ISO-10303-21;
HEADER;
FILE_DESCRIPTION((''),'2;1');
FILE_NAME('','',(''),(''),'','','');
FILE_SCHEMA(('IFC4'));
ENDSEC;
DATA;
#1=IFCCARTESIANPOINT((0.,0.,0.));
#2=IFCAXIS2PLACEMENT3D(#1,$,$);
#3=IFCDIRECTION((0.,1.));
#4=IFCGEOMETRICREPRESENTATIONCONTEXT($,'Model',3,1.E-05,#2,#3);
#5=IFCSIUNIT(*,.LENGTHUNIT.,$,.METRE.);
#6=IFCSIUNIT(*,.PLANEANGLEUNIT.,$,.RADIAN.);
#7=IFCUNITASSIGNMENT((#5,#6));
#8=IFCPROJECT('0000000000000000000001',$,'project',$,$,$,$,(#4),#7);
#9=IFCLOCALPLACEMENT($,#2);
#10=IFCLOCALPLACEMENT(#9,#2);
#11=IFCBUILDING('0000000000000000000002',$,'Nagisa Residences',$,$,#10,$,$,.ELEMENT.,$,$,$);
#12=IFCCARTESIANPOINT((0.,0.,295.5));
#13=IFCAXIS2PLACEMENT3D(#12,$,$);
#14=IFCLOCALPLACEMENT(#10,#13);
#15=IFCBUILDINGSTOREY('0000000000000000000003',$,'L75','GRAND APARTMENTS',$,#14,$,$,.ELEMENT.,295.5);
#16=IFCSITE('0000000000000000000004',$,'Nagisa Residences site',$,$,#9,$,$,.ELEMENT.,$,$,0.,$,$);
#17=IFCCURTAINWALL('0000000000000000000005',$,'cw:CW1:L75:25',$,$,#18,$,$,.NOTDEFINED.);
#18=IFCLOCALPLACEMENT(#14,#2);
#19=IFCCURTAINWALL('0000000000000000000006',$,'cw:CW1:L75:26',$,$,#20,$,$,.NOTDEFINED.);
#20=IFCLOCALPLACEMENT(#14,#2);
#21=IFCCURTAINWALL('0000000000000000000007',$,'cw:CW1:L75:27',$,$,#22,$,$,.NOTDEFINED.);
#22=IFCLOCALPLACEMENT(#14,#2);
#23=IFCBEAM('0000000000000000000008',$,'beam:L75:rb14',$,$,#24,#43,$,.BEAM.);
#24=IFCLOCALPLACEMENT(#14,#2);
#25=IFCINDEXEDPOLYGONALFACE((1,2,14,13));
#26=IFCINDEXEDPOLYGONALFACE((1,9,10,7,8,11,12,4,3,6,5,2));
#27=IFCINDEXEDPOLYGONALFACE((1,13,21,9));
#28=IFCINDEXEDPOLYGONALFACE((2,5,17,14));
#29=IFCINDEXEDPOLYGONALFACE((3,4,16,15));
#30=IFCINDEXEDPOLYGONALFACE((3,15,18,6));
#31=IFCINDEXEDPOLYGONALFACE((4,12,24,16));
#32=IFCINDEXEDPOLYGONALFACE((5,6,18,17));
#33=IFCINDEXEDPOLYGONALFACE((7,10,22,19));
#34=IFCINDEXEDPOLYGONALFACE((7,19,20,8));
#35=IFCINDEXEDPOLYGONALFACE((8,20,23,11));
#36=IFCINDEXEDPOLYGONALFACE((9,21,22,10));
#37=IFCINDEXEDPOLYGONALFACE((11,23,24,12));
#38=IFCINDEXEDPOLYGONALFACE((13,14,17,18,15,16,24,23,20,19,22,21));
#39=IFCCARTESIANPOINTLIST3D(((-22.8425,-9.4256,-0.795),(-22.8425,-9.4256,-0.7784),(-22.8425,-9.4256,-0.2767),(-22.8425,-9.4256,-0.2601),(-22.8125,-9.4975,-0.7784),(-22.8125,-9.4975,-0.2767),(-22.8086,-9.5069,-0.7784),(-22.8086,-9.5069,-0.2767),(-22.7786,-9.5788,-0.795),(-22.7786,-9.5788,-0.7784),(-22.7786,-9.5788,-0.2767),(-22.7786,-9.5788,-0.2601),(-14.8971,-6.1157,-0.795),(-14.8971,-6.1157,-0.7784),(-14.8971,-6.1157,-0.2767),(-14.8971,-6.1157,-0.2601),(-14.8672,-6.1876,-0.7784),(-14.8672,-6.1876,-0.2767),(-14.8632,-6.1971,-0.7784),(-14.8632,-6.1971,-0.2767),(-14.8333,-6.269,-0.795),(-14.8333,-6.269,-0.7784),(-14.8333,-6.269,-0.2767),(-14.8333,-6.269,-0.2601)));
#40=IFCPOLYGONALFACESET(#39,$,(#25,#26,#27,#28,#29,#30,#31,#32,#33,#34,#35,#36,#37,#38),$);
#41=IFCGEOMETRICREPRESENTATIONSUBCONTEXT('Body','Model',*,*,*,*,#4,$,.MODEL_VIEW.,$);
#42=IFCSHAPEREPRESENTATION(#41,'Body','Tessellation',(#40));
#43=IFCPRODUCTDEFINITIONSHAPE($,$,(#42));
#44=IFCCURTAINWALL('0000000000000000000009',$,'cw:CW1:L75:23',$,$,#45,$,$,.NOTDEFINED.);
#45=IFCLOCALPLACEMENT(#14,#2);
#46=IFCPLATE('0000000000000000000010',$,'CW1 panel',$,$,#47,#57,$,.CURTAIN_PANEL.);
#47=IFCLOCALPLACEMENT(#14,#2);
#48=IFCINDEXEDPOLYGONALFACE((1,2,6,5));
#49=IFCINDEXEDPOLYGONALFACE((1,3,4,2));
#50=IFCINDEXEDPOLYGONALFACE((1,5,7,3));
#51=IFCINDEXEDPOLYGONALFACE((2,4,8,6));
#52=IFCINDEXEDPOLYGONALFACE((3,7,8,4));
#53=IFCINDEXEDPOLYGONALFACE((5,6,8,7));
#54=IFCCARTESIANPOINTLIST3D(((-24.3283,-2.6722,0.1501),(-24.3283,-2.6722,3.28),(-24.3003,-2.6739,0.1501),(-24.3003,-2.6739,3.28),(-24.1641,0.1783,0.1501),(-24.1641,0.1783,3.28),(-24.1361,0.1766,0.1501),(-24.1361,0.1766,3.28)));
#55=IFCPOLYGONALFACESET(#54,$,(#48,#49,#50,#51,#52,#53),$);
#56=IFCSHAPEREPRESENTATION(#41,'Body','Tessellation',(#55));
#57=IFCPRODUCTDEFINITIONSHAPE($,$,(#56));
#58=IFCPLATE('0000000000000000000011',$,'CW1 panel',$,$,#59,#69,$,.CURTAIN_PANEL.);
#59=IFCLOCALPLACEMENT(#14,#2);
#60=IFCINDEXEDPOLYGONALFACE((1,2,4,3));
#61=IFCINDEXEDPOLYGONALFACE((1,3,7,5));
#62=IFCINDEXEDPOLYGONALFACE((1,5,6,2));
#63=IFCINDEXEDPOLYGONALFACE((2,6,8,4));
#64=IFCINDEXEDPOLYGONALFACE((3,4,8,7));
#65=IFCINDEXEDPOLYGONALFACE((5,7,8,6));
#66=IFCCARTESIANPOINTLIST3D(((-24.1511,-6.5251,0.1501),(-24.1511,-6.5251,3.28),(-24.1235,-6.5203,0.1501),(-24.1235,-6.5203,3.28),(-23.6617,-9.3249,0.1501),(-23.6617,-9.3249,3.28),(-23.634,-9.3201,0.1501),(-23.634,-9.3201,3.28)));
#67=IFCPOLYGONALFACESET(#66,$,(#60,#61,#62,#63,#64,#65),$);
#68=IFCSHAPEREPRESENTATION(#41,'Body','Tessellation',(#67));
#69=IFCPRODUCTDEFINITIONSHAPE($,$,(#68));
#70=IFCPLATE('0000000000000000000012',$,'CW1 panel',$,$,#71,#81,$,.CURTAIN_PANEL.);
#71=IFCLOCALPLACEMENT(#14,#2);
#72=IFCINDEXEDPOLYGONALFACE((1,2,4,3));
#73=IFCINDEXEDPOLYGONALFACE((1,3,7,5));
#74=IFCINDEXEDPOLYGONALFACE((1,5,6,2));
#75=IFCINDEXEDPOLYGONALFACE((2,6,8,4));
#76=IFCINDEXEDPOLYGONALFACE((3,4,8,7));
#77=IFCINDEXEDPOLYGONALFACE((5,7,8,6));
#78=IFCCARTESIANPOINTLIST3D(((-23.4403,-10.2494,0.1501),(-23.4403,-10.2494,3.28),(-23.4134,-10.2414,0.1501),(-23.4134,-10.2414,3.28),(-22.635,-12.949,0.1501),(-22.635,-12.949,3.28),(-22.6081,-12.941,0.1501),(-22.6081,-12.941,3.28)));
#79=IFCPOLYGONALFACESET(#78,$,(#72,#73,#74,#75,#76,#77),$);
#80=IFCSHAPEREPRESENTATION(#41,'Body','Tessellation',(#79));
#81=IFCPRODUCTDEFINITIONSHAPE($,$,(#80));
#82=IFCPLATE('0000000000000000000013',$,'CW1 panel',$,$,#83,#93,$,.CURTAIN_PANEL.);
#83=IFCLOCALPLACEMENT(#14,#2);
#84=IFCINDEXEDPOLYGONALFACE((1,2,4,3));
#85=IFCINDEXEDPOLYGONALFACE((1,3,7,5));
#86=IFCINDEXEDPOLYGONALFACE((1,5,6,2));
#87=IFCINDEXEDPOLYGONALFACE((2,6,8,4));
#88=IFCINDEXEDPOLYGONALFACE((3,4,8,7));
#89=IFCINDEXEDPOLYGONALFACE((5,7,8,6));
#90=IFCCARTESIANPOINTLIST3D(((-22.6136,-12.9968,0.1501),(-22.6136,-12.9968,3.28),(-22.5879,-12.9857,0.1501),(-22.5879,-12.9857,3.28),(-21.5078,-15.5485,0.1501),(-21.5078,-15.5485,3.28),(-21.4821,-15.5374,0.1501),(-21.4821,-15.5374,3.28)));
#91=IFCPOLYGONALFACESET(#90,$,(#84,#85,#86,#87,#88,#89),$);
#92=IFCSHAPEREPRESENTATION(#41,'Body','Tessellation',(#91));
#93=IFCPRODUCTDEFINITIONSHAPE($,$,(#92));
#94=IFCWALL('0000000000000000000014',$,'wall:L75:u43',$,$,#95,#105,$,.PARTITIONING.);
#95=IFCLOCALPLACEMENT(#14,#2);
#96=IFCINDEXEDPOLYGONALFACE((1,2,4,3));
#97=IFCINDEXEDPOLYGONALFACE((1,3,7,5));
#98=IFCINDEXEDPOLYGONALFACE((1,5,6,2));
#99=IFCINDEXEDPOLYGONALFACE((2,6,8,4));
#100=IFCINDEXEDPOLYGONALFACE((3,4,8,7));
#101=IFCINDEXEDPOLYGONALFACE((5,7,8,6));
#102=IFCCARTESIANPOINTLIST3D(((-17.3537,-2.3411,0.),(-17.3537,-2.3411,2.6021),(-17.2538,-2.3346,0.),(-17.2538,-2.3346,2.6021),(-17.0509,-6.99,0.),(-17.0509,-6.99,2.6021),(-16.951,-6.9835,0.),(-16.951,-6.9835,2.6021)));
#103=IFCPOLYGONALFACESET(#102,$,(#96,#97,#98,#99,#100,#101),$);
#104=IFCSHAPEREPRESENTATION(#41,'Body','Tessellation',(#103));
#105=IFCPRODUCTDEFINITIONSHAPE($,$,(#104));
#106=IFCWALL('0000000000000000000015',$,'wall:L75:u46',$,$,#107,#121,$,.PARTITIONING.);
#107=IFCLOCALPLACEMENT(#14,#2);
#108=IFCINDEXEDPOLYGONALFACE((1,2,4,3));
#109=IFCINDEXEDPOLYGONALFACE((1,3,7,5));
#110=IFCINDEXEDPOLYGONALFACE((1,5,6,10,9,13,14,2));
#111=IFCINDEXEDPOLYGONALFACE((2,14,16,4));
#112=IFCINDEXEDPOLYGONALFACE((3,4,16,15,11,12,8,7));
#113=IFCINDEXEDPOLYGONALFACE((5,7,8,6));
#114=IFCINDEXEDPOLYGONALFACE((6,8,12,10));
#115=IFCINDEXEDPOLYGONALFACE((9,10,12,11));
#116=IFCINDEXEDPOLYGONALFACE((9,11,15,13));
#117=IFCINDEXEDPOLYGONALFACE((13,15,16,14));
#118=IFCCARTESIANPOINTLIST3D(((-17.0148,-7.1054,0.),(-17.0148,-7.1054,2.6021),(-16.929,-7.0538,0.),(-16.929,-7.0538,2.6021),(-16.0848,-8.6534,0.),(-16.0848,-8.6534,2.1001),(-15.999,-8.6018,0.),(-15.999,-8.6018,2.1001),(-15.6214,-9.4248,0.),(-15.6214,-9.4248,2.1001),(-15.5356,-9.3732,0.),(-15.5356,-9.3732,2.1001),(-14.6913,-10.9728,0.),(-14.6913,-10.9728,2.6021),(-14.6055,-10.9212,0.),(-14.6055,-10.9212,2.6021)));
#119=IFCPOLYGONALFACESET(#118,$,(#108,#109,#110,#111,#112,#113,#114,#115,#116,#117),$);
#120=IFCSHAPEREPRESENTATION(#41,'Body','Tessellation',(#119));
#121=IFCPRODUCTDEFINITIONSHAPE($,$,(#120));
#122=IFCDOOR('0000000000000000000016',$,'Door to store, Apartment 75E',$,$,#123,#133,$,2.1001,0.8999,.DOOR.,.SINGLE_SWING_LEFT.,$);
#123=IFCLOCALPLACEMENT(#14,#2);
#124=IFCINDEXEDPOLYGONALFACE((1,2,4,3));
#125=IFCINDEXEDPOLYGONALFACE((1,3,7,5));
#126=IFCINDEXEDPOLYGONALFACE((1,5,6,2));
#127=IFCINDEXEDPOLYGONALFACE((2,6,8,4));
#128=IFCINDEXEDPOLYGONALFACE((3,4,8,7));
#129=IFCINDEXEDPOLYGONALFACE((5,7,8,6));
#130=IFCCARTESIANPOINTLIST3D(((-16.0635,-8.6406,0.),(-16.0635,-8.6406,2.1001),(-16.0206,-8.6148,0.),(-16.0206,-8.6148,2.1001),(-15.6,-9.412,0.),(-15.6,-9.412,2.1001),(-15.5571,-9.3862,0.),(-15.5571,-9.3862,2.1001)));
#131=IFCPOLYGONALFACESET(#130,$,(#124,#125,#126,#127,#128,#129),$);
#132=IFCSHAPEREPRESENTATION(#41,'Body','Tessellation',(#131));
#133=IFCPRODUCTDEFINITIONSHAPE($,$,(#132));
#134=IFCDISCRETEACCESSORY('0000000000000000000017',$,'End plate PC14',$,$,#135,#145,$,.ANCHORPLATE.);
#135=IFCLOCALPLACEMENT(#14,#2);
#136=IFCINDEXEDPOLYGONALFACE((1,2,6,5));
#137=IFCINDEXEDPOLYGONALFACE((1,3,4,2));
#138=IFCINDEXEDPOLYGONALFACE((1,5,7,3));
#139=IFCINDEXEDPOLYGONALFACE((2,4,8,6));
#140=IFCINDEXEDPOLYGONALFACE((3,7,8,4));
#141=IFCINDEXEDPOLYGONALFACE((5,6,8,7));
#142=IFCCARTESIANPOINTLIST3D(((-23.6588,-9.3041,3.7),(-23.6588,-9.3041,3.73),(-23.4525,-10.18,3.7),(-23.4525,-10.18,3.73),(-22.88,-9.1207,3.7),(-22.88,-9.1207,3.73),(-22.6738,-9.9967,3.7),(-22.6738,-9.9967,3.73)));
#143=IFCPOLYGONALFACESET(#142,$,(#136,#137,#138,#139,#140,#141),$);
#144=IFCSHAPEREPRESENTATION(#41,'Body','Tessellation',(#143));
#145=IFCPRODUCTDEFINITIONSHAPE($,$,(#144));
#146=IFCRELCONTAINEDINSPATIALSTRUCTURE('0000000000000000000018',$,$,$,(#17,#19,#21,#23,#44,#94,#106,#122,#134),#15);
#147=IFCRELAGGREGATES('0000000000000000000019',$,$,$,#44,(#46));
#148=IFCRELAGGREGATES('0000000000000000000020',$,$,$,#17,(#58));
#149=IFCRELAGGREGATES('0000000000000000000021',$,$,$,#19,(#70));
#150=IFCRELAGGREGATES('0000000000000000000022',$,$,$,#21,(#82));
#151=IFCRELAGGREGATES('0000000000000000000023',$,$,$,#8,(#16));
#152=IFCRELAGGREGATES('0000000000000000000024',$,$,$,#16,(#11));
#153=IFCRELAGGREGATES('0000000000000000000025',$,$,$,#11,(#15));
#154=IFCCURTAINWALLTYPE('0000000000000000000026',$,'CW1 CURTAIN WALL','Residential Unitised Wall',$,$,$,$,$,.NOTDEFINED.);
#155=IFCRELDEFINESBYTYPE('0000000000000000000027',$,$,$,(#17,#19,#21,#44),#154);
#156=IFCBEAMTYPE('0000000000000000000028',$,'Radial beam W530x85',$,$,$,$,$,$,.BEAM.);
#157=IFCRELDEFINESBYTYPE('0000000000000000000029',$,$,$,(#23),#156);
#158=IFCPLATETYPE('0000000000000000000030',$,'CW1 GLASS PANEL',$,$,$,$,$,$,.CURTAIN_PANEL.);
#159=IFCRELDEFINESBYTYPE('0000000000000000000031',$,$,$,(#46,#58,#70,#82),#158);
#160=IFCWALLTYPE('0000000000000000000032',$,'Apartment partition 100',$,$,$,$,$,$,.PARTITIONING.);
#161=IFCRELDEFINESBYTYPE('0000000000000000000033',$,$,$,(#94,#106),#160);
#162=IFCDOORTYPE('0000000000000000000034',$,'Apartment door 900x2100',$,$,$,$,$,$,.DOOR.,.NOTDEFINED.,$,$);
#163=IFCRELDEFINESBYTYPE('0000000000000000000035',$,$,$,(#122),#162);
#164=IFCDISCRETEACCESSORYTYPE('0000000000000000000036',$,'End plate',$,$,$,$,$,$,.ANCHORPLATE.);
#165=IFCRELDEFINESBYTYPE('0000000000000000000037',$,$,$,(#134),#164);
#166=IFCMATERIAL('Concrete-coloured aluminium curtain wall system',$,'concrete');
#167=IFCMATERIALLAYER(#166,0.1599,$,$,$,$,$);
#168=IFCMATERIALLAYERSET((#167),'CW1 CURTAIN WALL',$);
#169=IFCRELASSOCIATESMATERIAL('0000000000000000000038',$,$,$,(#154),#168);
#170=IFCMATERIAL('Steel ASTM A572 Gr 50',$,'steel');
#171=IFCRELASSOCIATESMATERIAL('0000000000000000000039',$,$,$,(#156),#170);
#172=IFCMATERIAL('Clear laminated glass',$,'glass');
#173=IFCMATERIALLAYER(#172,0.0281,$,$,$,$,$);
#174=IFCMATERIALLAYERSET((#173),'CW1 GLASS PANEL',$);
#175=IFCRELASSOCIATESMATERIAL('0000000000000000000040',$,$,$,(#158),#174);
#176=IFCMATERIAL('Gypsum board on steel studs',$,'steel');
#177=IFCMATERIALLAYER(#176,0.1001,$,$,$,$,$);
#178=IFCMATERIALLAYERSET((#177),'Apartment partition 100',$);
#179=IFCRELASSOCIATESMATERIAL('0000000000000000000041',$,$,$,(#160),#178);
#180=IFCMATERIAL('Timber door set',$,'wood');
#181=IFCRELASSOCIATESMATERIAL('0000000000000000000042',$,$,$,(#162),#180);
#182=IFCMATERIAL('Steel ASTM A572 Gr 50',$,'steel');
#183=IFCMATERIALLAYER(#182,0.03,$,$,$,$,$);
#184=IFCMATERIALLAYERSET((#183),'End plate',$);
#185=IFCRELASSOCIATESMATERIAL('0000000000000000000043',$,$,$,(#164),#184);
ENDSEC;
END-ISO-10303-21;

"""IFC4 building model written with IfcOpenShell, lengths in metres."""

from ifc_helpers import new_model, si_unit, direction, frame, frame_2d, origin, origin_2d, place, context, subcontext, project, spatial, rectangle, i_section, extrude, material, layer, layer_set, material_profile, profile_set, type_object, element, fill, aggregate, save


model = new_model("IFC4")

# Units and contexts
model_context = context("Model", 3, precision=1e-05, world=origin(), true_north=direction((0.0, 1.0)))
body_context = subcontext(model_context, "Body", "Model", "MODEL_VIEW")
ifc_project = project(units=[si_unit("LENGTHUNIT", "METRE"), si_unit("PLANEANGLEUNIT", "RADIAN")], contexts=[model_context])

# Site, building, storey
site_placement = place(None, origin())
site = spatial("IfcSite", under=ifc_project, at=site_placement, Name="Nagisa Residences site", CompositionType="ELEMENT", RefElevation=0.0)
building_placement = place(site_placement, origin())
building = spatial("IfcBuilding", under=site, at=building_placement, Name="Nagisa Residences", CompositionType="ELEMENT")
storey_placement = place(building_placement, frame((0.0, 0.0, 295.5)))
storey = spatial("IfcBuildingStorey", under=building, at=storey_placement, Name="L75", Description="GRAND APARTMENTS", CompositionType="ELEMENT", Elevation=295.5)

# Curtain walls
ifc_material_1 = material(Name="Concrete-coloured aluminium curtain wall system", Category="concrete")
ifc_layer_1 = layer(ifc_material_1, 0.1599)
ifc_layer_set_1 = layer_set([ifc_layer_1], Name="CW1 CURTAIN WALL")
curtain_wall_type = type_object("IfcCurtainWallType", Name="CW1 CURTAIN WALL", Description="Residential Unitised Wall", PredefinedType="NOTDEFINED", material=ifc_layer_set_1)
curtain_wall_1_placement = place(storey_placement, origin())
curtain_wall_1 = element("IfcCurtainWall", 1, at=curtain_wall_1_placement, inside=storey, type_object=curtain_wall_type, Name="cw:CW1:L75:25", PredefinedType="NOTDEFINED")
curtain_wall_2_placement = place(storey_placement, origin())
curtain_wall_2 = element("IfcCurtainWall", 2, at=curtain_wall_2_placement, inside=storey, type_object=curtain_wall_type, Name="cw:CW1:L75:26", PredefinedType="NOTDEFINED")
curtain_wall_3_placement = place(storey_placement, origin())
curtain_wall_3 = element("IfcCurtainWall", 3, at=curtain_wall_3_placement, inside=storey, type_object=curtain_wall_type, Name="cw:CW1:L75:27", PredefinedType="NOTDEFINED")

# Beam
ifc_material_2 = material(Name="Steel ASTM A572 Gr 50", Category="steel")
ifc_material_profile_1 = material_profile(ifc_material_2, i_section(OverallWidth=0.166, OverallDepth=0.5349, WebThickness=0.0103, FlangeThickness=0.0166, at=origin_2d()), Name="W530x85")
ifc_profile_set_1 = profile_set([ifc_material_profile_1], Name="Steel ASTM A572 Gr 50")
beam_type_1 = type_object("IfcBeamType", Name="Radial beam W530x85", PredefinedType="BEAM", material=ifc_profile_set_1)
beam_1_placement = place(storey_placement, frame((-22.8105, -9.5022, -0.5276), z_axis=(0.923107, 0.384543, 0.0), x_axis=(-0.384543, 0.923107, 0.0)))
element("IfcBeam", 4, at=beam_1_placement, inside=storey, type_object=beam_type_1, Name="beam:L75:rb14", PredefinedType="BEAM", context=body_context, shape_type="SweptSolid", body=[
    extrude(i_section(OverallWidth=0.166, OverallDepth=0.5349, WebThickness=0.0103, FlangeThickness=0.0166, at=origin_2d()), origin(), (0.0, 0.0, 1.0), 8.6072),
])

# Curtain wall, plate
curtain_wall_4_placement = place(storey_placement, origin())
curtain_wall_4 = element("IfcCurtainWall", 5, at=curtain_wall_4_placement, inside=storey, type_object=curtain_wall_type, Name="cw:CW1:L75:23", PredefinedType="NOTDEFINED")
ifc_material_3 = material(Name="Clear laminated glass", Category="glass")
ifc_layer_2 = layer(ifc_material_3, 0.0281)
ifc_layer_set_2 = layer_set([ifc_layer_2], Name="CW1 GLASS PANEL")
plate_type = type_object("IfcPlateType", Name="CW1 GLASS PANEL", PredefinedType="CURTAIN_PANEL", material=ifc_layer_set_2)
plate_1_placement = place(storey_placement, frame((-24.2322, -1.2478, 0.1501), z_axis=(0.0, 0.0, 1.0), x_axis=(-0.057503, -0.998345, 0.0)))
plate_1 = element("IfcPlate", 6, at=plate_1_placement, type_object=plate_type, Name="CW1 panel", PredefinedType="CURTAIN_PANEL", context=body_context, shape_type="SweptSolid", body=[
    extrude(rectangle(XDim=2.8552, YDim=0.0281, at=origin_2d()), origin(), (0.0, 0.0, 1.0), 3.1299),
])
aggregate(curtain_wall_4, [plate_1])

# Plates
plate_2_placement = place(storey_placement, frame((-23.8926, -7.9226, 0.1501), z_axis=(0.0, 0.0, 1.0), x_axis=(0.172191, -0.985064, 0.0)))
plate_2 = element("IfcPlate", 7, at=plate_2_placement, type_object=plate_type, Name="CW1 panel", PredefinedType="CURTAIN_PANEL", context=body_context, shape_type="SweptSolid", body=[
    extrude(rectangle(XDim=2.8423, YDim=0.0281, at=origin_2d()), origin(), (0.0, 0.0, 1.0), 3.1299),
])
aggregate(curtain_wall_1, [plate_2])
plate_3_placement = place(storey_placement, frame((-23.0242, -11.5952, 0.1501), z_axis=(0.0, 0.0, 1.0), x_axis=(0.28586, -0.958271, 0.0)))
plate_3 = element("IfcPlate", 8, at=plate_3_placement, type_object=plate_type, Name="CW1 panel", PredefinedType="CURTAIN_PANEL", context=body_context, shape_type="SweptSolid", body=[
    extrude(rectangle(XDim=2.8171, YDim=0.0281, at=origin_2d()), origin(), (0.0, 0.0, 1.0), 3.1299),
])
aggregate(curtain_wall_2, [plate_3])
plate_4_placement = place(storey_placement, frame((-22.0479, -14.2671, 0.1501), z_axis=(0.0, 0.0, 1.0), x_axis=(0.397636, -0.917543, 0.0)))
plate_4 = element("IfcPlate", 9, at=plate_4_placement, type_object=plate_type, Name="CW1 panel", PredefinedType="CURTAIN_PANEL", context=body_context, shape_type="SweptSolid", body=[
    extrude(rectangle(XDim=2.781, YDim=0.0281, at=origin_2d()), origin(), (0.0, 0.0, 1.0), 3.1299),
])
aggregate(curtain_wall_3, [plate_4])

# Wall
ifc_material_4 = material(Name="Gypsum board on steel studs", Category="steel")
ifc_layer_3 = layer(ifc_material_4, 0.1001)
ifc_layer_set_3 = layer_set([ifc_layer_3], Name="Apartment partition 100")
wall_type_1 = type_object("IfcWallType", Name="Apartment partition 100", PredefinedType="PARTITIONING", material=ifc_layer_set_3)
wall_1_placement = place(storey_placement, frame((-17.3037, -2.3379, 0.0), z_axis=(0.0, 0.0, 1.0), x_axis=(0.064982, -0.997886, 0.0)))
element("IfcWall", 10, at=wall_1_placement, inside=storey, type_object=wall_type_1, Name="wall:L75:u43", PredefinedType="PARTITIONING", context=body_context, shape_type="SweptSolid", body=[
    extrude(rectangle(XDim=4.6587, YDim=0.1001, at=frame_2d((2.3293, 0.0))), origin(), (0.0, 0.0, 1.0), 2.6021),
])

# Wall, opening, door
wall_2_placement = place(storey_placement, frame((-16.9719, -7.0796, 0.0), z_axis=(0.0, 0.0, 1.0), x_axis=(0.514989, -0.857197, 0.0)))
wall_2 = element("IfcWall", 11, at=wall_2_placement, inside=storey, type_object=wall_type_1, Name="wall:L75:u46", PredefinedType="PARTITIONING", context=body_context, shape_type="SweptSolid", body=[
    extrude(rectangle(XDim=4.5117, YDim=0.1001, at=frame_2d((2.2559, 0.0))), origin(), (0.0, 0.0, 1.0), 2.6021),
])
opening_1_placement = place(wall_2_placement, frame((1.8059, 0.0, 0.0)))
opening_1 = element("IfcOpeningElement", 12, at=opening_1_placement, cuts=wall_2, PredefinedType="OPENING", context=body_context, shape_type="SweptSolid", body=[
    extrude(rectangle(XDim=0.8999, YDim=2.1001, at=frame_2d((0.45, 1.05))), frame((0.0, 0.0601, 0.0), z_axis=(0.0, -1.0, 0.0), x_axis=(1.0, 0.0, 0.0)), (0.0, 0.0, 1.0), 0.1201),
])
ifc_material_5 = material(Name="Timber door set", Category="wood")
door_type_1 = type_object("IfcDoorType", Name="Apartment door 900x2100", OperationType="NOTDEFINED", PredefinedType="DOOR", material=ifc_material_5)
door_1_placement = place(opening_1_placement, origin())
door_1 = element("IfcDoor", 13, at=door_1_placement, inside=storey, type_object=door_type_1, Name="Door to store, Apartment 75E", OperationType="SINGLE_SWING_LEFT", OverallHeight=2.1001, OverallWidth=0.8999, PredefinedType="DOOR", context=body_context, shape_type="SweptSolid", body=[
    extrude(rectangle(XDim=0.8999, YDim=2.1001, at=frame_2d((0.45, 1.05))), frame((0.0, 0.0249, 0.0), z_axis=(0.0, -1.0, 0.0), x_axis=(1.0, 0.0, 0.0)), (0.0, 0.0, 1.0), 0.05),
])
fill(opening_1, door_1)

# Discrete accessory
ifc_material_6 = material(Name="Steel ASTM A572 Gr 50", Category="steel")
ifc_layer_4 = layer(ifc_material_6, 0.03)
ifc_layer_set_4 = layer_set([ifc_layer_4], Name="End plate")
discrete_accessory_type = type_object("IfcDiscreteAccessoryType", Name="End plate", PredefinedType="ANCHORPLATE", material=ifc_layer_set_4)
discrete_accessory_placement = place(storey_placement, frame((-23.1663, -9.6504, 3.7), z_axis=(0.0, 0.0, 1.0), x_axis=(0.229202, -0.973379, 0.0)))
element("IfcDiscreteAccessory", 14, at=discrete_accessory_placement, inside=storey, type_object=discrete_accessory_type, Name="End plate PC14", PredefinedType="ANCHORPLATE", context=body_context, shape_type="SweptSolid", body=[
    extrude(rectangle(XDim=0.8999, YDim=0.8, at=origin_2d()), origin(), (0.0, 0.0, 1.0), 0.03),
])

save(model, "model.ifc")
